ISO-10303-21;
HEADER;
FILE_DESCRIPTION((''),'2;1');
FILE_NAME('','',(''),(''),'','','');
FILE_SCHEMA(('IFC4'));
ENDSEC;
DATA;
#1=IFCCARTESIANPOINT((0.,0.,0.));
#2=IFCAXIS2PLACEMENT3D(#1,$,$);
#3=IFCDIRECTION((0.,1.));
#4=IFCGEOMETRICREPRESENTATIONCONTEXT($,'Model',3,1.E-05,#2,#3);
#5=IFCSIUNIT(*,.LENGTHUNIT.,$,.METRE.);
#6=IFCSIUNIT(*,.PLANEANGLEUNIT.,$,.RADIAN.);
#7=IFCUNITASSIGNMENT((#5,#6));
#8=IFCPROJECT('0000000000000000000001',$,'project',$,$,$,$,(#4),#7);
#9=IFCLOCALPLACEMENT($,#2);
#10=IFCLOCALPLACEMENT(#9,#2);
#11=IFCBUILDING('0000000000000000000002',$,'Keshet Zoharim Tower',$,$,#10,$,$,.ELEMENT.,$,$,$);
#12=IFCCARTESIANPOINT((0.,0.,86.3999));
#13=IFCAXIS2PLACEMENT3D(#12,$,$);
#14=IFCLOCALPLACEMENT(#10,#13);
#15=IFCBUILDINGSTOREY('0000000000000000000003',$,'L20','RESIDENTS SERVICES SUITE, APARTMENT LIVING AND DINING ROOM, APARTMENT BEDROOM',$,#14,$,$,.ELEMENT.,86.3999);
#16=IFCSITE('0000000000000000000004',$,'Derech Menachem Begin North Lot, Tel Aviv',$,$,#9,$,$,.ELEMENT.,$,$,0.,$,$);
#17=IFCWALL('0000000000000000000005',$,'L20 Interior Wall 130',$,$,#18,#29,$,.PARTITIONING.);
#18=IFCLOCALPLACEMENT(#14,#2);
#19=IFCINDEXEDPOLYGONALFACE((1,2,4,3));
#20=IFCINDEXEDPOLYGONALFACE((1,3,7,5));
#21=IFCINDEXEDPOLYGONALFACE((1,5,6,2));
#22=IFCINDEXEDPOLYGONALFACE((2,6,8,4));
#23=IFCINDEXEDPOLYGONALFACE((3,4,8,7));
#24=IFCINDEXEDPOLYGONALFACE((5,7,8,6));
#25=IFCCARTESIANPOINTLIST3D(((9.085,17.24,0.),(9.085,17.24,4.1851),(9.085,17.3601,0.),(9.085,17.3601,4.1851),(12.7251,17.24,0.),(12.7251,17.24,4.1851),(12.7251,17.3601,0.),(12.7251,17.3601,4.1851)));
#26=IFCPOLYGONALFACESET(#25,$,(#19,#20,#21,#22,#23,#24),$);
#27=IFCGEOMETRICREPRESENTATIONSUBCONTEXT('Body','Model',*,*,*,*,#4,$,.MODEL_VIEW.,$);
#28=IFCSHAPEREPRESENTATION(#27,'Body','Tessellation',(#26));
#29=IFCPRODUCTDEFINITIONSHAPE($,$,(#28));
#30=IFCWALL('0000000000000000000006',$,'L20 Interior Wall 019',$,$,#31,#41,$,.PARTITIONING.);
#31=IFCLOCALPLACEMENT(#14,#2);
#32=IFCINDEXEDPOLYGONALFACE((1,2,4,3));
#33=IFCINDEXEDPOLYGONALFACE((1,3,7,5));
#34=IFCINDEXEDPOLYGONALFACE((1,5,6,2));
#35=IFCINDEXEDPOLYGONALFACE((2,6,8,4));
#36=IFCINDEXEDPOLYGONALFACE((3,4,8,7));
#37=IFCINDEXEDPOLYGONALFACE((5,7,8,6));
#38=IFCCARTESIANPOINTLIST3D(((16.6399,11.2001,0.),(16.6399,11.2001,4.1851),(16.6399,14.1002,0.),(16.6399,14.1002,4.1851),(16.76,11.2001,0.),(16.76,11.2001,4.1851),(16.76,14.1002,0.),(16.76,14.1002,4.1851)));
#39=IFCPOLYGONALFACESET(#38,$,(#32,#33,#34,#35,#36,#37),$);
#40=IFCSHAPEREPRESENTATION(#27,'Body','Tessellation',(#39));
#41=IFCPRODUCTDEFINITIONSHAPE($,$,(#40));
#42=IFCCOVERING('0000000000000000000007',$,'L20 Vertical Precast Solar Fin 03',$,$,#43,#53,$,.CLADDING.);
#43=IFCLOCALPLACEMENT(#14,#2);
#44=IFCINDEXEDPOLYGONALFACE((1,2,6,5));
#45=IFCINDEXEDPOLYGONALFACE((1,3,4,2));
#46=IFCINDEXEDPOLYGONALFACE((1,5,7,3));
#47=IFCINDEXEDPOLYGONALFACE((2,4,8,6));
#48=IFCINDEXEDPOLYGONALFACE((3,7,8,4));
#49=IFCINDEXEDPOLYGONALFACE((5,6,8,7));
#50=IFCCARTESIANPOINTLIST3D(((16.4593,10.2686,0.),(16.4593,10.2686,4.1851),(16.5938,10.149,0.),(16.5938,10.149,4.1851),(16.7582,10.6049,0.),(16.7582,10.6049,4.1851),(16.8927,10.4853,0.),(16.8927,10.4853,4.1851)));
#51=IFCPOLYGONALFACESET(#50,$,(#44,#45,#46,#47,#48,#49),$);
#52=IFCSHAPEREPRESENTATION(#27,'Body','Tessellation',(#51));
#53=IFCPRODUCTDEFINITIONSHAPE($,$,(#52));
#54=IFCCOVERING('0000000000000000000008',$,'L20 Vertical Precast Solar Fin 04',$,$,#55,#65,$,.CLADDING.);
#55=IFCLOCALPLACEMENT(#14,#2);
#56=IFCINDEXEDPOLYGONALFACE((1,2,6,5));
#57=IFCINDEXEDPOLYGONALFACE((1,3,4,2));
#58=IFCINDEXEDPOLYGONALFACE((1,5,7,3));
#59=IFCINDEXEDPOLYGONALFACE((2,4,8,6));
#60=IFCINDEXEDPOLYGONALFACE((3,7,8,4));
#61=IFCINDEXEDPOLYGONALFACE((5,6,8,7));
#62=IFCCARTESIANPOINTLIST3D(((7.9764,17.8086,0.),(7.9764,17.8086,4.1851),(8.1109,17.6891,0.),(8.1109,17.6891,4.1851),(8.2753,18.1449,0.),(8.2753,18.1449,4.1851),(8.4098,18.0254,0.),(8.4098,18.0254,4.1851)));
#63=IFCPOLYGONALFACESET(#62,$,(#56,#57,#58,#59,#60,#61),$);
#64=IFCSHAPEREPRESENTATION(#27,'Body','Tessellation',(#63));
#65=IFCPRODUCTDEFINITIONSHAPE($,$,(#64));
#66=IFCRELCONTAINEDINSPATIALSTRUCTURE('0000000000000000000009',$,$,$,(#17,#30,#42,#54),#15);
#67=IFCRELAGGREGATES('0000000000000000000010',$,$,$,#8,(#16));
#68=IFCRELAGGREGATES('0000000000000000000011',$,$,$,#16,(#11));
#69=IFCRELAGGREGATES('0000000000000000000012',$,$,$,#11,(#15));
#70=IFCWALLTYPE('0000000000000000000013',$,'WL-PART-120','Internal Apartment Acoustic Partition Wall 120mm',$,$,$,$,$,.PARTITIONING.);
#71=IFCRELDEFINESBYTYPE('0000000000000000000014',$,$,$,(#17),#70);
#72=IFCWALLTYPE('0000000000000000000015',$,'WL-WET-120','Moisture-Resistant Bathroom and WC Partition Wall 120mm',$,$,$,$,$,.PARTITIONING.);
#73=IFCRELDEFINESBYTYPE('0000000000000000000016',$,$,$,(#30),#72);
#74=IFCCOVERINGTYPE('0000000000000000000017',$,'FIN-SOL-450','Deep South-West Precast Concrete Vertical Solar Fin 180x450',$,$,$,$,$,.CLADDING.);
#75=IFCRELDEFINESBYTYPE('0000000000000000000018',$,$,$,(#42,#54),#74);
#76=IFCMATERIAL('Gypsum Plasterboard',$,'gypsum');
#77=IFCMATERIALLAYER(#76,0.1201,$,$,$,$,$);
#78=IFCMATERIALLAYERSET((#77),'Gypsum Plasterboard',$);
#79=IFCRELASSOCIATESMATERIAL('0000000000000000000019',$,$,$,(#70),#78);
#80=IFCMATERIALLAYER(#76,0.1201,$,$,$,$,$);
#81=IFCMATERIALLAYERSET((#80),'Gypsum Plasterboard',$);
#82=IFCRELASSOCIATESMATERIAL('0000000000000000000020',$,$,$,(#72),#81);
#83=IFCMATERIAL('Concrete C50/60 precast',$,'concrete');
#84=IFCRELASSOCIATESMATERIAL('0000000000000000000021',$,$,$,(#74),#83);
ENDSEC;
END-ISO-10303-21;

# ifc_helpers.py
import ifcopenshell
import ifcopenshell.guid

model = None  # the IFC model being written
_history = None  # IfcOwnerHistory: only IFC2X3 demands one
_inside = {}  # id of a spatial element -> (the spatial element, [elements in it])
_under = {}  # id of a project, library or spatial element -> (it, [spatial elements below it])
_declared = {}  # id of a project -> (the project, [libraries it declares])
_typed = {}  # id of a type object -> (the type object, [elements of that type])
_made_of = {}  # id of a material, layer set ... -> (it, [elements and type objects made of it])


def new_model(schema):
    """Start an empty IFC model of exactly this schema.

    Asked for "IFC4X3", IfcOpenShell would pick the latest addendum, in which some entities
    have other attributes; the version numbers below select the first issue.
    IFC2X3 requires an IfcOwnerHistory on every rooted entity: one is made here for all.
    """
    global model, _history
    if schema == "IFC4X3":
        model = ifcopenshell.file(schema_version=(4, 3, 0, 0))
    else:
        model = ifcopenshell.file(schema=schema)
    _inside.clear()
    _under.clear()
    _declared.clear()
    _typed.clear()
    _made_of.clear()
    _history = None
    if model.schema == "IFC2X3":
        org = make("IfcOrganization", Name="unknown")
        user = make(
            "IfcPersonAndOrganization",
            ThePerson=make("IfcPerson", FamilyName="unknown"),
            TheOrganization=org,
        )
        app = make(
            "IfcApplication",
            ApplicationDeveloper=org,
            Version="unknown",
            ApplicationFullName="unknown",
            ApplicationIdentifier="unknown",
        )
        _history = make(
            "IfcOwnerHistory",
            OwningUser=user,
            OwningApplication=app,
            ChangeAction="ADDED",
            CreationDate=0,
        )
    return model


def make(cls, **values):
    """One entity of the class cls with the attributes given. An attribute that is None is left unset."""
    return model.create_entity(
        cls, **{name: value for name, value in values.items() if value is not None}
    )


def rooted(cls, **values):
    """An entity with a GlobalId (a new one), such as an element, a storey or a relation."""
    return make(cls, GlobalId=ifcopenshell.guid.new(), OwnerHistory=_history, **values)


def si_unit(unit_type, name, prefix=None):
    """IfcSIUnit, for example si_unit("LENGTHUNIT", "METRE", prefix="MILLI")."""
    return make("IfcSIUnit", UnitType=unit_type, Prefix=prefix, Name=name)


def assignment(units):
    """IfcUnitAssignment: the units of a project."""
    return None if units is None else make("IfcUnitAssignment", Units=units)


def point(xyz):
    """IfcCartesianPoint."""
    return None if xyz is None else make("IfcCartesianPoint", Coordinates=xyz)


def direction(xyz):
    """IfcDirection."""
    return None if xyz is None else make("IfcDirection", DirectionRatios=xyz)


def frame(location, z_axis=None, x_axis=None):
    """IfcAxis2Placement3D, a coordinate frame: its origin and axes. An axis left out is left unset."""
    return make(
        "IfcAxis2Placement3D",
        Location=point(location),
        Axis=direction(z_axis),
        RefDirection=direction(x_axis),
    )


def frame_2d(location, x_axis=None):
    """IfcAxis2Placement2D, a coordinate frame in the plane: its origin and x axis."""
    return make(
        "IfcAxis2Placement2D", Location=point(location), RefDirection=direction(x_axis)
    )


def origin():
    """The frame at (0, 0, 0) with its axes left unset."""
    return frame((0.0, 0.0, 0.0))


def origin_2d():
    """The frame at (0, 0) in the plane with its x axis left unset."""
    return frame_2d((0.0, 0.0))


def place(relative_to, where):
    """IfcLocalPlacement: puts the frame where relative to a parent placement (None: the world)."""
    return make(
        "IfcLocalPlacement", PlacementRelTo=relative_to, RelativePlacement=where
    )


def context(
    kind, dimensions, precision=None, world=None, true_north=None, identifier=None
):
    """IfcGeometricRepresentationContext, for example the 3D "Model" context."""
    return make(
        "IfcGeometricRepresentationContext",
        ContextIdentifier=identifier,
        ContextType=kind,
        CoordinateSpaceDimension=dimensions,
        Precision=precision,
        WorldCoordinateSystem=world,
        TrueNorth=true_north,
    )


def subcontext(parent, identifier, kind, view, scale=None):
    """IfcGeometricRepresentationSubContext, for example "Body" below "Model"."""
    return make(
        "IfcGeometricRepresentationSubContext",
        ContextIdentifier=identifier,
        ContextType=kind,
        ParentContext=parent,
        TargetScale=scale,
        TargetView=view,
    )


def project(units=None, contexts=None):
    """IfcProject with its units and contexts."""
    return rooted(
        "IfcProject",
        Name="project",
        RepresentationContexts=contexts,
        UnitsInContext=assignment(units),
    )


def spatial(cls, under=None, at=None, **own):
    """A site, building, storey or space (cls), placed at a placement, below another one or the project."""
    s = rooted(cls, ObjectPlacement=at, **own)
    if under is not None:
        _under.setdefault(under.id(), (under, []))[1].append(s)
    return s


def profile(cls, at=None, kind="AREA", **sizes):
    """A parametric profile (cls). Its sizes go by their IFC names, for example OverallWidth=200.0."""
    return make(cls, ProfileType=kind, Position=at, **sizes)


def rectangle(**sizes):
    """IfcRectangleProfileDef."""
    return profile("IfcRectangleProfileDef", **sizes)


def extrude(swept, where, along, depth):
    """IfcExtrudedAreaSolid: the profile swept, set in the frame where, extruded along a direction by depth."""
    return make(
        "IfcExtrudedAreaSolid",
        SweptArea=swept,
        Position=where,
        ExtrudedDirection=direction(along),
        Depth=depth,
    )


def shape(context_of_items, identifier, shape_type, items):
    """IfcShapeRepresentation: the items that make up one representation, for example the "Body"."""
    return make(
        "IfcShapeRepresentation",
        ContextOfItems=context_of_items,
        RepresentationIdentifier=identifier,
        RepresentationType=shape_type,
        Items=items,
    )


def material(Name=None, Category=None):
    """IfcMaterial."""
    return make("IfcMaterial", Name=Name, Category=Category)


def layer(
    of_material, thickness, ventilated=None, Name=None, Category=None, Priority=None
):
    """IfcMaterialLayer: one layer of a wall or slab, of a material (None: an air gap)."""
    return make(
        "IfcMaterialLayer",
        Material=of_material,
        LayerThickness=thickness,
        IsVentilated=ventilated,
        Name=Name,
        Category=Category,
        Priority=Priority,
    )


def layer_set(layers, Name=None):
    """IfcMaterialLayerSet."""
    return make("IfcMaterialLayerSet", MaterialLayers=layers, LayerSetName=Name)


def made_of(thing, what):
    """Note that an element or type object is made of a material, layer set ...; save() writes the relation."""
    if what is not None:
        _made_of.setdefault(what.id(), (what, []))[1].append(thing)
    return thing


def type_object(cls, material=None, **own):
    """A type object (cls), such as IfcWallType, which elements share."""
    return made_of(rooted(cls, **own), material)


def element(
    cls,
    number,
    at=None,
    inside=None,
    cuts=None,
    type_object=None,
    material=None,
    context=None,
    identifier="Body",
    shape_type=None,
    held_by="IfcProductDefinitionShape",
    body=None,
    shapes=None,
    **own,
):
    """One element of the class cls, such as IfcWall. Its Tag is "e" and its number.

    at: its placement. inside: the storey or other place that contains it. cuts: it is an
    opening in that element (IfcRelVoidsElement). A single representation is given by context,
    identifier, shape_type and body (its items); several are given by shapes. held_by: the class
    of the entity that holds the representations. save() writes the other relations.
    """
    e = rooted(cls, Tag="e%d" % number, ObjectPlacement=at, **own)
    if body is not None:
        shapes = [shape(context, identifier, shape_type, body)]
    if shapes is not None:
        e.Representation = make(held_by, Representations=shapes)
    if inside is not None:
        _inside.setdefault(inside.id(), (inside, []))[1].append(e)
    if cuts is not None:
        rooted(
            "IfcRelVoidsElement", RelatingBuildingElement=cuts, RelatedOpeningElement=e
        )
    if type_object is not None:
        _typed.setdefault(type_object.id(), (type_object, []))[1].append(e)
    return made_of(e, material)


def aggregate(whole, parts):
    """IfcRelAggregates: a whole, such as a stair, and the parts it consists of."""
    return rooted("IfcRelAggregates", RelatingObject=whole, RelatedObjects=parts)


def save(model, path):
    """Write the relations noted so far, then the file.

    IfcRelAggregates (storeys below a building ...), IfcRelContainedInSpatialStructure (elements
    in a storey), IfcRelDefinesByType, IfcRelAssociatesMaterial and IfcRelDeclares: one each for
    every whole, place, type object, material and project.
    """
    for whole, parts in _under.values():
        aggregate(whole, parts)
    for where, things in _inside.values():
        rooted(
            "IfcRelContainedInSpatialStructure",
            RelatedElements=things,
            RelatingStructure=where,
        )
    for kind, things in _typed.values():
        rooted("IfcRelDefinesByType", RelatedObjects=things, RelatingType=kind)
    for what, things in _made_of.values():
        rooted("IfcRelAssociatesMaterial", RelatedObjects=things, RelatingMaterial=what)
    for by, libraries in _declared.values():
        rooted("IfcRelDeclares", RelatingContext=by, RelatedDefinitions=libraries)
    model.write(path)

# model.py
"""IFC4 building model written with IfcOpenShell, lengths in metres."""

from ifc_helpers import new_model, si_unit, direction, frame, frame_2d, origin, origin_2d, place, context, subcontext, project, spatial, rectangle, extrude, material, layer, layer_set, type_object, element, save


model = new_model("IFC4")

# Units and contexts
model_context = context("Model", 3, precision=1e-05, world=origin(), true_north=direction((0.0, 1.0)))
body_context = subcontext(model_context, "Body", "Model", "MODEL_VIEW")
ifc_project = project(units=[si_unit("LENGTHUNIT", "METRE"), si_unit("PLANEANGLEUNIT", "RADIAN")], contexts=[model_context])

# Site, building, storey
site_placement = place(None, origin())
site = spatial("IfcSite", under=ifc_project, at=site_placement, Name="Derech Menachem Begin North Lot, Tel Aviv", CompositionType="ELEMENT", RefElevation=0.0)
building_placement = place(site_placement, origin())
building = spatial("IfcBuilding", under=site, at=building_placement, Name="Keshet Zoharim Tower", CompositionType="ELEMENT")
storey_placement = place(building_placement, frame((0.0, 0.0, 86.3999)))
storey = spatial("IfcBuildingStorey", under=building, at=storey_placement, Name="L20", Description="RESIDENTS SERVICES SUITE, APARTMENT LIVING AND DINING ROOM, APARTMENT BEDROOM", CompositionType="ELEMENT", Elevation=86.3999)

# Shared definitions
ifc_material_1 = material(Name="Gypsum Plasterboard", Category="gypsum")
ifc_layer_1 = layer(ifc_material_1, 0.1201)
ifc_layer_set_1 = layer_set([ifc_layer_1], Name="Gypsum Plasterboard")
wall_type_1 = type_object("IfcWallType", Name="WL-PART-120", Description="Internal Apartment Acoustic Partition Wall 120mm", PredefinedType="PARTITIONING", material=ifc_layer_set_1)

# Walls
wall_1_placement = place(storey_placement, frame((9.085, 17.3, 0.0), z_axis=(0.0, 0.0, 1.0), x_axis=(1.0, 0.0, 0.0)))
element("IfcWall", 1, at=wall_1_placement, inside=storey, type_object=wall_type_1, Name="L20 Interior Wall 130", PredefinedType="PARTITIONING", context=body_context, shape_type="SweptSolid", body=[
    extrude(rectangle(XDim=3.6401, YDim=0.1201, at=frame_2d((1.8201, 0.0))), origin(), (0.0, 0.0, 1.0), 4.1851),
])
ifc_layer_2 = layer(ifc_material_1, 0.1201)
ifc_layer_set_2 = layer_set([ifc_layer_2], Name="Gypsum Plasterboard")
wall_type_2 = type_object("IfcWallType", Name="WL-WET-120", Description="Moisture-Resistant Bathroom and WC Partition Wall 120mm", PredefinedType="PARTITIONING", material=ifc_layer_set_2)
wall_2_placement = place(storey_placement, frame((16.7, 11.2, 0.0), z_axis=(0.0, 0.0, 1.0), x_axis=(0.0, 1.0, 0.0)))
element("IfcWall", 2, at=wall_2_placement, inside=storey, type_object=wall_type_2, Name="L20 Interior Wall 019", PredefinedType="PARTITIONING", context=body_context, shape_type="SweptSolid", body=[
    extrude(rectangle(XDim=2.9001, YDim=0.1201, at=frame_2d((1.4502, 0.0))), origin(), (0.0, 0.0, 1.0), 4.1851),
])

# Coverings
ifc_material_2 = material(Name="Concrete C50/60 precast", Category="concrete")
covering_type = type_object("IfcCoveringType", Name="FIN-SOL-450", Description="Deep South-West Precast Concrete Vertical Solar Fin 180x450", PredefinedType="CLADDING", material=ifc_material_2)
for number, where, z_axis, x_axis, name in (
    (3, (16.676, 10.377, 0.0), (0.0, 0.0, 1.0), (-0.747409, 0.664364, 0.0), "L20 Vertical Precast Solar Fin 03"),
    (4, (8.1931, 17.917, 0.0), (0.0, 0.0, 1.0), (-0.747409, 0.664364, 0.0), "L20 Vertical Precast Solar Fin 04"),
):
    element("IfcCovering", number, at=place(storey_placement, frame(where, z_axis=z_axis, x_axis=x_axis)), inside=storey, type_object=covering_type, Name=name, PredefinedType="CLADDING", context=body_context, shape_type="SweptSolid", body=[
        extrude(rectangle(XDim=0.1799, YDim=0.45, at=origin_2d()), origin(), (0.0, 0.0, 1.0), 4.1851),
    ])

save(model, "model.ifc")
